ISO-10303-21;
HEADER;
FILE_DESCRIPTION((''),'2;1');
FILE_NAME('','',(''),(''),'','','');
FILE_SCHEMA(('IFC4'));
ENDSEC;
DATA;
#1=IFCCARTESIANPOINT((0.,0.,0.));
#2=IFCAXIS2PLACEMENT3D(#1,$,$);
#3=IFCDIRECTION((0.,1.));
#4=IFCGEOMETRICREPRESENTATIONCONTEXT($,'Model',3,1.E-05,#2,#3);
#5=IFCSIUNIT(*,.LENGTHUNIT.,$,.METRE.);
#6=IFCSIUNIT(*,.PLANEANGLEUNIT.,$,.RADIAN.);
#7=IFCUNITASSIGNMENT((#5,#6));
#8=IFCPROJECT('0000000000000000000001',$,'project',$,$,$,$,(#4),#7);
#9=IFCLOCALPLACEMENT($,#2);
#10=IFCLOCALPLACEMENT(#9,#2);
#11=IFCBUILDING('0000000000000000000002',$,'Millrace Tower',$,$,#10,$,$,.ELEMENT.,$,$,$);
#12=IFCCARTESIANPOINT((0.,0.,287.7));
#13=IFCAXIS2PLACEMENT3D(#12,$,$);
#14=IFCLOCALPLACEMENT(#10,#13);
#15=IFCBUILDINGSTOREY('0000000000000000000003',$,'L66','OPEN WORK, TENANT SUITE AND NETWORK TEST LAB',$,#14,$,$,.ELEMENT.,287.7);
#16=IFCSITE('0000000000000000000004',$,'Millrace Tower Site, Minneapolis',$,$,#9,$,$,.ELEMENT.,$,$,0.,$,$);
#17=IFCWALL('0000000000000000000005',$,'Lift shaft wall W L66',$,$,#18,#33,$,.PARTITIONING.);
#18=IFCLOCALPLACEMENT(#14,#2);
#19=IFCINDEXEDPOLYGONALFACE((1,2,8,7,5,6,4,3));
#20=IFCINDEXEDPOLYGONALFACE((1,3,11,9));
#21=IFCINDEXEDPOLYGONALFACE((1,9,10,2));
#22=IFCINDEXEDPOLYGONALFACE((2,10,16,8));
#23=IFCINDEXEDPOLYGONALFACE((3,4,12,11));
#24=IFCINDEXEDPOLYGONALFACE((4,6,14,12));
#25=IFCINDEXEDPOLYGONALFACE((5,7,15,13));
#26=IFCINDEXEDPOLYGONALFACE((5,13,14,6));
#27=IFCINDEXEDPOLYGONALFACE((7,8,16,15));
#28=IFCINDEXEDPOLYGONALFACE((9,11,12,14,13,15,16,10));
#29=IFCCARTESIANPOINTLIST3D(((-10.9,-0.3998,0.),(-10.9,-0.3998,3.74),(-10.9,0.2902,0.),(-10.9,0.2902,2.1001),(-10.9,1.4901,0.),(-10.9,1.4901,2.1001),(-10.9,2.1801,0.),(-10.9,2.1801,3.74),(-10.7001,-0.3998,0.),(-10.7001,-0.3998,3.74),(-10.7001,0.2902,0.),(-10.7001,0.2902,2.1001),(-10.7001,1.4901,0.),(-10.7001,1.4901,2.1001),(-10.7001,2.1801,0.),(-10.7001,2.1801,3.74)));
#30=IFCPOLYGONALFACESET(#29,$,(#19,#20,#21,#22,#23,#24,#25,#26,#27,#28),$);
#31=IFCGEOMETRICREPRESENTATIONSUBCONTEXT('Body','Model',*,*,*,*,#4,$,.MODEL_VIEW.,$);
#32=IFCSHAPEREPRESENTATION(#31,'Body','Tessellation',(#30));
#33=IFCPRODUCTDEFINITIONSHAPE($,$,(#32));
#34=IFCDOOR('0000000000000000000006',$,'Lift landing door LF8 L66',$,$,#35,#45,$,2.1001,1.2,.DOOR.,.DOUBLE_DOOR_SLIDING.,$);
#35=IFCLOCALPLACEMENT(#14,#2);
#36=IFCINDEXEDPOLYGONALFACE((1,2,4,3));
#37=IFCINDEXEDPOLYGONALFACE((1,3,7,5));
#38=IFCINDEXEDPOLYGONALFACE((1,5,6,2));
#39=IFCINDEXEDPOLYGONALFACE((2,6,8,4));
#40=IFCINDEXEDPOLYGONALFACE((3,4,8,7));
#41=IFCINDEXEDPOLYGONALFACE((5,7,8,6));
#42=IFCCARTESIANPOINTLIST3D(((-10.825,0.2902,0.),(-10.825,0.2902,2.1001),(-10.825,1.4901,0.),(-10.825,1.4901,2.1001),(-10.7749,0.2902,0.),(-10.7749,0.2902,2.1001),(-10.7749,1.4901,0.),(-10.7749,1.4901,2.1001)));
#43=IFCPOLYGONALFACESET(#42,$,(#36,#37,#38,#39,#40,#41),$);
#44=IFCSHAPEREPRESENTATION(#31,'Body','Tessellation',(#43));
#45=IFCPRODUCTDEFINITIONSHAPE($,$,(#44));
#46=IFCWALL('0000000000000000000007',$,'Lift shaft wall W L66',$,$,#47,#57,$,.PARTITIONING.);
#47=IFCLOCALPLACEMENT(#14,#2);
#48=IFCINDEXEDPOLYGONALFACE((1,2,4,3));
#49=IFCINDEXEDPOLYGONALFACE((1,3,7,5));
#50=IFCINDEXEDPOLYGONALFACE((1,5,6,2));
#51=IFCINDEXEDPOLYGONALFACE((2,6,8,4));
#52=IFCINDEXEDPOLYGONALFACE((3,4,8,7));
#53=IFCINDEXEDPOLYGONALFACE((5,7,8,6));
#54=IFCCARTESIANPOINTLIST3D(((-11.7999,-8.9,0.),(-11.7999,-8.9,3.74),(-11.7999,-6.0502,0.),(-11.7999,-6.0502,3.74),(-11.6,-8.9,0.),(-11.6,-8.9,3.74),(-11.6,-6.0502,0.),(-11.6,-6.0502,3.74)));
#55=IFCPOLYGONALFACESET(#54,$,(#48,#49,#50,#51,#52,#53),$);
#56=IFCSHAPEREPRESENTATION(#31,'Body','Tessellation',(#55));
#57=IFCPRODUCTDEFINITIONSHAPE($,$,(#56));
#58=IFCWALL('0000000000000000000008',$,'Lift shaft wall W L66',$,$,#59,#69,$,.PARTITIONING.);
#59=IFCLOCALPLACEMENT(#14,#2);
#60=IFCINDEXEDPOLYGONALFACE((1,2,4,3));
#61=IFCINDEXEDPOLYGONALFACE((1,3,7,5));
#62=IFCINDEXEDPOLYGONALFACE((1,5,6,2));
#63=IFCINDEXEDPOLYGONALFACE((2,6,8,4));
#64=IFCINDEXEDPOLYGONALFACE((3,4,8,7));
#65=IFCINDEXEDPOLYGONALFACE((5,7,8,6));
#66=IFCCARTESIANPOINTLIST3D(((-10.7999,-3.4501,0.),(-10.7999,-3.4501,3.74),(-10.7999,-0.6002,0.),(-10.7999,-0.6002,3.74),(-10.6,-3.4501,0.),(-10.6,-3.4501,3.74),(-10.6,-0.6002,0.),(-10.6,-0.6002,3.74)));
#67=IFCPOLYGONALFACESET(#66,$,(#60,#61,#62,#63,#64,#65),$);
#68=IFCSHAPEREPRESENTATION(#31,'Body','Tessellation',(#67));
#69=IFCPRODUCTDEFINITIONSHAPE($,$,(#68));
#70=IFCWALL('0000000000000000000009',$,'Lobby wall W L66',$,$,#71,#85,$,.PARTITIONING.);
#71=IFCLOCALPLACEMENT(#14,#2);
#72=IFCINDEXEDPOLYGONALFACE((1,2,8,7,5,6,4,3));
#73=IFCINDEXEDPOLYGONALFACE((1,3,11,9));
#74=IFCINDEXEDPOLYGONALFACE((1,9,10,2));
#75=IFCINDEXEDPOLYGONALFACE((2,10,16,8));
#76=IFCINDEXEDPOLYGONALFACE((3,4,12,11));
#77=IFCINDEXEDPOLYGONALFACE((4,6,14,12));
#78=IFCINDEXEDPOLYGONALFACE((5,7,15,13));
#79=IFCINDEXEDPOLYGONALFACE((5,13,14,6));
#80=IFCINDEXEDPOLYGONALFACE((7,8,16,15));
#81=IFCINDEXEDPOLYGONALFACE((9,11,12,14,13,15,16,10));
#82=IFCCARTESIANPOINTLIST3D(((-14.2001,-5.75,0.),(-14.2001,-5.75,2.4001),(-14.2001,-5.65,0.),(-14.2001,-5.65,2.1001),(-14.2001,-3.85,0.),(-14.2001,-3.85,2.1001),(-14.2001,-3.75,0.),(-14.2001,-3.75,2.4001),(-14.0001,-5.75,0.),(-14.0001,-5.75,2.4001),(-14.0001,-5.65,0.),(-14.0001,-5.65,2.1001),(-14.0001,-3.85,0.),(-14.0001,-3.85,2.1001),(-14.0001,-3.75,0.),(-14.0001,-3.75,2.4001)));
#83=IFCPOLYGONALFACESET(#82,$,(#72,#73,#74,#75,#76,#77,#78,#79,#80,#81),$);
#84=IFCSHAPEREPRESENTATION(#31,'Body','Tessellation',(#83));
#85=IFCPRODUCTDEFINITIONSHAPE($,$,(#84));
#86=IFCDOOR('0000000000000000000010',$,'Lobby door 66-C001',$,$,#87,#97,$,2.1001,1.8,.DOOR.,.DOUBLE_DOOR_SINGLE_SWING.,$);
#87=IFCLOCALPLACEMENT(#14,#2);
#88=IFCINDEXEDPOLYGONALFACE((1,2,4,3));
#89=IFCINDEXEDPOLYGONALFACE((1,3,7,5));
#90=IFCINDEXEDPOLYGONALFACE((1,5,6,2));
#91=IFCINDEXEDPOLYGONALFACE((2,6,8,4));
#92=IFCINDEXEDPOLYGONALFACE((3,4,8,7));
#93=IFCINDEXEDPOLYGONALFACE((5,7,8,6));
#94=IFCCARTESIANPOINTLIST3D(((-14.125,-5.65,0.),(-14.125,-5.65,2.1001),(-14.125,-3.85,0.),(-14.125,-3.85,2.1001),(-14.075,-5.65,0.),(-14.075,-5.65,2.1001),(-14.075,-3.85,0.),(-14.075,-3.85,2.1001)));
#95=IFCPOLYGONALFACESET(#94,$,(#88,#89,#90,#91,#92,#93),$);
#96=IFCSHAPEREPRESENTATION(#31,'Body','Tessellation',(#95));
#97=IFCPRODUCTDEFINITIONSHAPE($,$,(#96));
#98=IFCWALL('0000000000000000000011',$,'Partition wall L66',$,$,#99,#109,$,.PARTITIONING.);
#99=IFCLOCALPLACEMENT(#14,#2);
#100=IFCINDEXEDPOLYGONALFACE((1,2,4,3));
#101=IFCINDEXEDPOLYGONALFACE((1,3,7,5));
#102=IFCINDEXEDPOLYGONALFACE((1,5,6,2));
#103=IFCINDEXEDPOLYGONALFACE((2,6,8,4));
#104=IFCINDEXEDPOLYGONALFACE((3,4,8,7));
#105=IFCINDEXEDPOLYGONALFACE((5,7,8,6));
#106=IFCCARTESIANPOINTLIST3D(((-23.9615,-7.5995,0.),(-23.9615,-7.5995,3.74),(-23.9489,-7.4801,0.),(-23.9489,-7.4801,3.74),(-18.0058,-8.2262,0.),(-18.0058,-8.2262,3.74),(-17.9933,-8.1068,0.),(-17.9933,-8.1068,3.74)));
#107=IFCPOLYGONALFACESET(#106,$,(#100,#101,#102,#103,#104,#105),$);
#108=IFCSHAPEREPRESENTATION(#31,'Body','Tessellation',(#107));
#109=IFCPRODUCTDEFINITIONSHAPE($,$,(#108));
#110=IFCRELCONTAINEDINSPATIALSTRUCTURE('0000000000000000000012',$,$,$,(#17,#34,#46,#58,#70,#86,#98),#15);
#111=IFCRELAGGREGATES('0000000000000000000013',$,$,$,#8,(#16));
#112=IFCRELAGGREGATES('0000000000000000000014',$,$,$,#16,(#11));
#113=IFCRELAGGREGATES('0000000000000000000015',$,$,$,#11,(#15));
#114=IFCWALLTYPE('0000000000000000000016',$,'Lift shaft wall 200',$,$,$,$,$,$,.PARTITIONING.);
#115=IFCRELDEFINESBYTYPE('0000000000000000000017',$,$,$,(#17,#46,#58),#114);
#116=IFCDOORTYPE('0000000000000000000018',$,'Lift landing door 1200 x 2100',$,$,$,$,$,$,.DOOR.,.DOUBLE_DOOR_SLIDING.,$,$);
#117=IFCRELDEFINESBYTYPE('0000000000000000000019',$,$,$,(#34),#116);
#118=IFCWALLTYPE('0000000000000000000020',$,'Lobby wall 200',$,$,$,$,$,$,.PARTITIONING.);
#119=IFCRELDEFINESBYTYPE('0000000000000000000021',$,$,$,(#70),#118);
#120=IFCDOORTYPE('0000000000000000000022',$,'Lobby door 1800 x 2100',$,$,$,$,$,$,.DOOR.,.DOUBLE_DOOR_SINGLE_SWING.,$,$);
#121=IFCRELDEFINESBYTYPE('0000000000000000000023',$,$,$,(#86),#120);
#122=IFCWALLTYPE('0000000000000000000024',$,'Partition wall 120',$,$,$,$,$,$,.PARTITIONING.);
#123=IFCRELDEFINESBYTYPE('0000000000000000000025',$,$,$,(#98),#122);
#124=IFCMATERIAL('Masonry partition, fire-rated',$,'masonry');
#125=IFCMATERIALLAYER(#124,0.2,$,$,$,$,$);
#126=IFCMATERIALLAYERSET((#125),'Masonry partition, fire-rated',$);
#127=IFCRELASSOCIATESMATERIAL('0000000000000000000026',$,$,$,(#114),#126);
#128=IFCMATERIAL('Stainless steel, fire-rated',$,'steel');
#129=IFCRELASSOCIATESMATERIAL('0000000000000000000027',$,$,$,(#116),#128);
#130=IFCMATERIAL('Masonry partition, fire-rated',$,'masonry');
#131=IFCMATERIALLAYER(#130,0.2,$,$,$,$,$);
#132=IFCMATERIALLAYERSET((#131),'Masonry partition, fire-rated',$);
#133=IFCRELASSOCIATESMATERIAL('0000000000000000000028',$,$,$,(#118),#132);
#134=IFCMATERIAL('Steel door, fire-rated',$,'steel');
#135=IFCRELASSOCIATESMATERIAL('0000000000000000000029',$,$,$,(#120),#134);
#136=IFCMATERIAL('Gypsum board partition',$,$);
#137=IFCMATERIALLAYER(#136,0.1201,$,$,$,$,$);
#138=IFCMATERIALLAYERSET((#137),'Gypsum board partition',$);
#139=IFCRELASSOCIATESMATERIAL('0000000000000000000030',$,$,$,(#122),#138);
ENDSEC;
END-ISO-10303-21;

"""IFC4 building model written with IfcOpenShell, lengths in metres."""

from ifc_helpers import new_model, si_unit, direction, frame, frame_2d, origin, place, context, subcontext, project, spatial, rectangle, extrude, material, layer, layer_set, type_object, element, fill, save


model = new_model("IFC4")

# Units and contexts
model_context = context("Model", 3, precision=1e-05, world=origin(), true_north=direction((0.0, 1.0)))
body_context = subcontext(model_context, "Body", "Model", "MODEL_VIEW")
ifc_project = project(units=[si_unit("LENGTHUNIT", "METRE"), si_unit("PLANEANGLEUNIT", "RADIAN")], contexts=[model_context])

# Site, building, storey
site_placement = place(None, origin())
site = spatial("IfcSite", under=ifc_project, at=site_placement, Name="Millrace Tower Site, Minneapolis", CompositionType="ELEMENT", RefElevation=0.0)
building_placement = place(site_placement, origin())
building = spatial("IfcBuilding", under=site, at=building_placement, Name="Millrace Tower", CompositionType="ELEMENT")
storey_placement = place(building_placement, frame((0.0, 0.0, 287.7)))
storey = spatial("IfcBuildingStorey", under=building, at=storey_placement, Name="L66", Description="OPEN WORK, TENANT SUITE AND NETWORK TEST LAB", CompositionType="ELEMENT", Elevation=287.7)

# Shared definitions
ifc_material_1 = material(Name="Masonry partition, fire-rated", Category="masonry")
ifc_layer_1 = layer(ifc_material_1, 0.2)
ifc_layer_set_1 = layer_set([ifc_layer_1], Name="Masonry partition, fire-rated")
wall_type_1 = type_object("IfcWallType", Name="Lift shaft wall 200", PredefinedType="PARTITIONING", material=ifc_layer_set_1)
ifc_material_2 = material(Name="Stainless steel, fire-rated", Category="steel")
door_type_1 = type_object("IfcDoorType", Name="Lift landing door 1200 x 2100", OperationType="DOUBLE_DOOR_SLIDING", PredefinedType="DOOR", material=ifc_material_2)

# Wall, opening, door
wall_1_placement = place(storey_placement, frame((-10.8, -0.3999, 0.0), z_axis=(0.0, 0.0, 1.0), x_axis=(0.0, 1.0, 0.0)))
wall_1 = element("IfcWall", 1, at=wall_1_placement, inside=storey, type_object=wall_type_1, Name="Lift shaft wall W L66", PredefinedType="PARTITIONING", context=body_context, shape_type="SweptSolid", body=[
    extrude(rectangle(XDim=2.5798, YDim=0.2, at=frame_2d((1.29, 0.0))), origin(), (0.0, 0.0, 1.0), 3.74),
])
opening_1_placement = place(wall_1_placement, frame((0.6899, 0.0, 0.0)))
opening_1 = element("IfcOpeningElement", 2, at=opening_1_placement, cuts=wall_1, PredefinedType="OPENING", context=body_context, shape_type="SweptSolid", body=[
    extrude(rectangle(XDim=1.2, YDim=2.1001, at=frame_2d((0.6001, 1.05))), frame((0.0, 0.1099, 0.0), z_axis=(0.0, -1.0, 0.0), x_axis=(1.0, 0.0, 0.0)), (0.0, 0.0, 1.0), 0.22),
])
door_1_placement = place(opening_1_placement, origin())
door_1 = element("IfcDoor", 3, at=door_1_placement, inside=storey, type_object=door_type_1, Name="Lift landing door LF8 L66", OperationType="DOUBLE_DOOR_SLIDING", OverallHeight=2.1001, OverallWidth=1.2, PredefinedType="DOOR", context=body_context, shape_type="SweptSolid", body=[
    extrude(rectangle(XDim=1.2, YDim=2.1001, at=frame_2d((0.6001, 1.05))), frame((0.0, 0.0249, 0.0), z_axis=(0.0, -1.0, 0.0), x_axis=(1.0, 0.0, 0.0)), (0.0, 0.0, 1.0), 0.05),
])
fill(opening_1, door_1)

# Walls
for number, where, z_axis, x_axis, name in (
    (4, (-11.7, -8.8999, 0.0), (0.0, 0.0, 1.0), (0.0, 1.0, 0.0), "Lift shaft wall W L66"),
    (5, (-10.7, -3.45, 0.0), (0.0, 0.0, 1.0), (0.0, 1.0, 0.0), "Lift shaft wall W L66"),
):
    element("IfcWall", number, at=place(storey_placement, frame(where, z_axis=z_axis, x_axis=x_axis)), inside=storey, type_object=wall_type_1, Name=name, PredefinedType="PARTITIONING", context=body_context, shape_type="SweptSolid", body=[
        extrude(rectangle(XDim=2.8499, YDim=0.2, at=frame_2d((1.4248, 0.0))), origin(), (0.0, 0.0, 1.0), 3.74),
    ])

# Wall, opening, door
ifc_material_3 = material(Name="Masonry partition, fire-rated", Category="masonry")
ifc_layer_2 = layer(ifc_material_3, 0.2)
ifc_layer_set_2 = layer_set([ifc_layer_2], Name="Masonry partition, fire-rated")
wall_type_2 = type_object("IfcWallType", Name="Lobby wall 200", PredefinedType="PARTITIONING", material=ifc_layer_set_2)
wall_2_placement = place(storey_placement, frame((-14.1001, -5.75, 0.0), z_axis=(0.0, 0.0, 1.0), x_axis=(0.0, 1.0, 0.0)))
wall_2 = element("IfcWall", 6, at=wall_2_placement, inside=storey, type_object=wall_type_2, Name="Lobby wall W L66", PredefinedType="PARTITIONING", context=body_context, shape_type="SweptSolid", body=[
    extrude(rectangle(XDim=2.0, YDim=0.2, at=frame_2d((1.0, 0.0))), origin(), (0.0, 0.0, 1.0), 2.4001),
])
opening_2_placement = place(wall_2_placement, frame((0.1001, 0.0, 0.0)))
opening_2 = element("IfcOpeningElement", 7, at=opening_2_placement, cuts=wall_2, PredefinedType="OPENING", context=body_context, shape_type="SweptSolid", body=[
    extrude(rectangle(XDim=1.8, YDim=2.1001, at=frame_2d((0.8999, 1.05))), frame((0.0, 0.1099, 0.0), z_axis=(0.0, -1.0, 0.0), x_axis=(1.0, 0.0, 0.0)), (0.0, 0.0, 1.0), 0.22),
])
ifc_material_4 = material(Name="Steel door, fire-rated", Category="steel")
door_type_2 = type_object("IfcDoorType", Name="Lobby door 1800 x 2100", OperationType="DOUBLE_DOOR_SINGLE_SWING", PredefinedType="DOOR", material=ifc_material_4)
door_2_placement = place(opening_2_placement, origin())
door_2 = element("IfcDoor", 8, at=door_2_placement, inside=storey, type_object=door_type_2, Name="Lobby door 66-C001", OperationType="DOUBLE_DOOR_SINGLE_SWING", OverallHeight=2.1001, OverallWidth=1.8, PredefinedType="DOOR", context=body_context, shape_type="SweptSolid", body=[
    extrude(rectangle(XDim=1.8, YDim=2.1001, at=frame_2d((0.8999, 1.05))), frame((0.0, 0.0249, 0.0), z_axis=(0.0, -1.0, 0.0), x_axis=(1.0, 0.0, 0.0)), (0.0, 0.0, 1.0), 0.05),
])
fill(opening_2, door_2)

# Wall
ifc_material_5 = material(Name="Gypsum board partition")
ifc_layer_3 = layer(ifc_material_5, 0.1201)
ifc_layer_set_3 = layer_set([ifc_layer_3], Name="Gypsum board partition")
wall_type_3 = type_object("IfcWallType", Name="Partition wall 120", PredefinedType="PARTITIONING", material=ifc_layer_set_3)
wall_3_placement = place(storey_placement, frame((-23.9551, -7.5398, 0.0), z_axis=(0.0, 0.0, 1.0), x_axis=(0.994509, -0.104653, 0.0)))
element("IfcWall", 9, at=wall_3_placement, inside=storey, type_object=wall_type_3, Name="Partition wall L66", PredefinedType="PARTITIONING", context=body_context, shape_type="SweptSolid", body=[
    extrude(rectangle(XDim=5.9885, YDim=0.1201, at=frame_2d((2.9941, 0.0))), origin(), (0.0, 0.0, 1.0), 3.74),
])

save(model, "model.ifc")
